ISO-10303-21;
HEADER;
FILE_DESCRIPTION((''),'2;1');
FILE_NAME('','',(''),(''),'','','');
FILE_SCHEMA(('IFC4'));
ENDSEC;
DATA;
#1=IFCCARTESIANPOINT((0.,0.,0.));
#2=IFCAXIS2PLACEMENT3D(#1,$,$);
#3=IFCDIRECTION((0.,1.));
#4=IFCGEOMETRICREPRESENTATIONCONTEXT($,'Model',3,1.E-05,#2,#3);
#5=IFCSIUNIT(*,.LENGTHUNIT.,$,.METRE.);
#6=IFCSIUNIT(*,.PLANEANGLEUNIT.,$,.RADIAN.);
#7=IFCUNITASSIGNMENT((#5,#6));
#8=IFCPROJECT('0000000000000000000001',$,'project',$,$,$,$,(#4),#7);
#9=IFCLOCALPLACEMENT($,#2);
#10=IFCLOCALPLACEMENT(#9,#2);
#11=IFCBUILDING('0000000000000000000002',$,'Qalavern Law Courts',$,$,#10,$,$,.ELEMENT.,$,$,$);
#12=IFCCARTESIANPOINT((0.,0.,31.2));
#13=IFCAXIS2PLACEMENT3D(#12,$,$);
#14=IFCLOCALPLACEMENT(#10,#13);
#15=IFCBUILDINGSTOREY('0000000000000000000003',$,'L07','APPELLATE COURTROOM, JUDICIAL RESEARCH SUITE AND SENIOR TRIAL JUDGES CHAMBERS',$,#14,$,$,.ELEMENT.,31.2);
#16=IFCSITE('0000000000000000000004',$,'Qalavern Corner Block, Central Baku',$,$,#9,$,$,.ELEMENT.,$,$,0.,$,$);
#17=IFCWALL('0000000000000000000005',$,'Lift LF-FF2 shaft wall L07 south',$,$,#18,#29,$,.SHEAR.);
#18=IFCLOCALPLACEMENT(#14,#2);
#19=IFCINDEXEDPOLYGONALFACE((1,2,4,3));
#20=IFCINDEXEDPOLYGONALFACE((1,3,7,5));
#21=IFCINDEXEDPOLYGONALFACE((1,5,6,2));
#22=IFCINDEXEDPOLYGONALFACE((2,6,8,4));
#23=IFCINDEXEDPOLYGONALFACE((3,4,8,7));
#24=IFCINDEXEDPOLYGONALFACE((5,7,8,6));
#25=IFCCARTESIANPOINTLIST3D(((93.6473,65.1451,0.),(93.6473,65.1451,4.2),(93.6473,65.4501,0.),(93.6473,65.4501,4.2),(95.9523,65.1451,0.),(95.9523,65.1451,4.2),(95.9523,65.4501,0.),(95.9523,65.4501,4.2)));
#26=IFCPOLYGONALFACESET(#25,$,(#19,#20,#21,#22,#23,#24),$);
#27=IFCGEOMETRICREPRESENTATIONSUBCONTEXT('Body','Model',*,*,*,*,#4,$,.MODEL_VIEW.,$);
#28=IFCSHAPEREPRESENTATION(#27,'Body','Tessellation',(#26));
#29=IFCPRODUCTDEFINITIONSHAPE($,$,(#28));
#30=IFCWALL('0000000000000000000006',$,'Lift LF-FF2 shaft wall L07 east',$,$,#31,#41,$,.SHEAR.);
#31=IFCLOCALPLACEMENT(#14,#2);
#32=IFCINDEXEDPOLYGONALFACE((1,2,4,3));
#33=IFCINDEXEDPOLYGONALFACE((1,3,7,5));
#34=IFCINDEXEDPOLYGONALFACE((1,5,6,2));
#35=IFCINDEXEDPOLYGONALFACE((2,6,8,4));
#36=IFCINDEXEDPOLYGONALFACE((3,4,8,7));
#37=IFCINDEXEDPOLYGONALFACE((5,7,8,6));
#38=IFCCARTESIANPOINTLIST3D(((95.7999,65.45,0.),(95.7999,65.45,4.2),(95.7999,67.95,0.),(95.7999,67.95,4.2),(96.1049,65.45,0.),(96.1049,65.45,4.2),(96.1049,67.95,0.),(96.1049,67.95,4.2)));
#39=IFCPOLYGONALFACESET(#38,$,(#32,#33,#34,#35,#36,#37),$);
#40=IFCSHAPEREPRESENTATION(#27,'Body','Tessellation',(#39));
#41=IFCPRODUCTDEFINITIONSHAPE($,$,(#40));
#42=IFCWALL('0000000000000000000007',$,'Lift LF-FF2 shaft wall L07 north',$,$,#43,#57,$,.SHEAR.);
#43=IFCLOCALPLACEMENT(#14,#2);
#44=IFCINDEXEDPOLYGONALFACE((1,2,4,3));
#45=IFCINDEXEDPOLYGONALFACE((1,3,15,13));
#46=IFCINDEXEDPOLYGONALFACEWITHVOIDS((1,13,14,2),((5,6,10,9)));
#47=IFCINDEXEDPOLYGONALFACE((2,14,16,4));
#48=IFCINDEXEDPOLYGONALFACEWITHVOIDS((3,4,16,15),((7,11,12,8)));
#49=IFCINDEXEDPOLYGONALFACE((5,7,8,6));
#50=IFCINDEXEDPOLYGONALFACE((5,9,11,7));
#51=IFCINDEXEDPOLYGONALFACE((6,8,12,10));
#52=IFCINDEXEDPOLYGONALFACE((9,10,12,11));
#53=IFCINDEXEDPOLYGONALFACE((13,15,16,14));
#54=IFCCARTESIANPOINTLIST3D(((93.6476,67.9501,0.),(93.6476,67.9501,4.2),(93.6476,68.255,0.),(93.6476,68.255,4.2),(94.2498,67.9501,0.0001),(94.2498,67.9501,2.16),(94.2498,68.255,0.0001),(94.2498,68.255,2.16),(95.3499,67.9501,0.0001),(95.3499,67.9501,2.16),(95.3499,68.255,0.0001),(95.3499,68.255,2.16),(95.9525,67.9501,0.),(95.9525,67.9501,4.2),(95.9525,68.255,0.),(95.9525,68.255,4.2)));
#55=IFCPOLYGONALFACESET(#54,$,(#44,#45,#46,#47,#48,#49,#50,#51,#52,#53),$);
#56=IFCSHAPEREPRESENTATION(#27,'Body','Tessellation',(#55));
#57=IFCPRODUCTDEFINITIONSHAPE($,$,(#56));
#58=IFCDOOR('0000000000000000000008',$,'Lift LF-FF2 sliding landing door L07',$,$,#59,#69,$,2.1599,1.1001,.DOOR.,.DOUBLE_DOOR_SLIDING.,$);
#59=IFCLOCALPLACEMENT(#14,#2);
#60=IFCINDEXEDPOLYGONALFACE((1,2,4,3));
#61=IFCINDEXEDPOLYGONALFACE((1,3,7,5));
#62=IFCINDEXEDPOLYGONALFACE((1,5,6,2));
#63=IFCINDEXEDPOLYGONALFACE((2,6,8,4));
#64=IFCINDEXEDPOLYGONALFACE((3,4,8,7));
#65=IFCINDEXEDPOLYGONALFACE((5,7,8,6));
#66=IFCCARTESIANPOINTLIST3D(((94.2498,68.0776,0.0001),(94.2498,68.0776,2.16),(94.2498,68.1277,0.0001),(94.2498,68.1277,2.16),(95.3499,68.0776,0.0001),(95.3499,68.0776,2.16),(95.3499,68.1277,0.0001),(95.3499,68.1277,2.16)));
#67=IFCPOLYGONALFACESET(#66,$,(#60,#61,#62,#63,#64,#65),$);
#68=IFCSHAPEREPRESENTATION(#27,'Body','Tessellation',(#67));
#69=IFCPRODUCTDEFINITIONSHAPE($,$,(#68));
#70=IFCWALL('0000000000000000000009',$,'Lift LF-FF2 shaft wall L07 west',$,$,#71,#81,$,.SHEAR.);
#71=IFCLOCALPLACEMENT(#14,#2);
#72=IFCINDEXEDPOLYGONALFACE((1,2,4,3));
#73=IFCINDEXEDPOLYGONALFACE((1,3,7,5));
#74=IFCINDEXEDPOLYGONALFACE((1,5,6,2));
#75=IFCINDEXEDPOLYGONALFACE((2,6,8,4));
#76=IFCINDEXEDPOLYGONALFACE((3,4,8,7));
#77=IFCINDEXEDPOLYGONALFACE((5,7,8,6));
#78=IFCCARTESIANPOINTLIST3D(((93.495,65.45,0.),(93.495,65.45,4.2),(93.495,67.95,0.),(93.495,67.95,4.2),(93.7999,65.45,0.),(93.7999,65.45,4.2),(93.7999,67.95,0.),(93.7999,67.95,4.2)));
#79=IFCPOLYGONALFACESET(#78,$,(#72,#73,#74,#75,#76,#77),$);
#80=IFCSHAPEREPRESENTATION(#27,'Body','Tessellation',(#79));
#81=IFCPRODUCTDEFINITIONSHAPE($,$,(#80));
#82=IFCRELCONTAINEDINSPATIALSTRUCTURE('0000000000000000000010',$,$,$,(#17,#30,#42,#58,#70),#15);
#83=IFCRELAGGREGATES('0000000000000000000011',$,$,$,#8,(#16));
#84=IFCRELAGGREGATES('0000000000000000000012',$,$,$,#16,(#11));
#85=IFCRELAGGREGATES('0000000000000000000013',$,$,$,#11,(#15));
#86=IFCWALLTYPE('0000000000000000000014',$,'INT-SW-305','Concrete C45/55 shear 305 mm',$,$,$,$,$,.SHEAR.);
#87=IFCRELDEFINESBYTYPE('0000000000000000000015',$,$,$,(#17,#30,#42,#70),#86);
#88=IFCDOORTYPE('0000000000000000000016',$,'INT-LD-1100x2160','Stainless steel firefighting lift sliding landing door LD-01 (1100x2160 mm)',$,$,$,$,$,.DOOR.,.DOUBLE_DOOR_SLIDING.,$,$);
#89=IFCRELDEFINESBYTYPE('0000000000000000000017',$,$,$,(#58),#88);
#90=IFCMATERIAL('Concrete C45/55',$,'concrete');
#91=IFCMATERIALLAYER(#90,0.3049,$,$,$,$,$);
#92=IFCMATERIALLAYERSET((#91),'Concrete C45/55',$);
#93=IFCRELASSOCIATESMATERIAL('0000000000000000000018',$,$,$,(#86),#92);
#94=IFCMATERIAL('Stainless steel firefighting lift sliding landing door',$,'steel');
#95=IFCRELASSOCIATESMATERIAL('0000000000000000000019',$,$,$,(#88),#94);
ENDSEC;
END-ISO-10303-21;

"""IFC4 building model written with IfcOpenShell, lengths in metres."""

from ifc_helpers import new_model, si_unit, direction, frame, frame_2d, origin, place, context, subcontext, project, spatial, rectangle, extrude, material, layer, layer_set, type_object, element, fill, save


model = new_model("IFC4")

# Units and contexts
model_context = context("Model", 3, precision=1e-05, world=origin(), true_north=direction((0.0, 1.0)))
body_context = subcontext(model_context, "Body", "Model", "MODEL_VIEW")
ifc_project = project(units=[si_unit("LENGTHUNIT", "METRE"), si_unit("PLANEANGLEUNIT", "RADIAN")], contexts=[model_context])

# Site, building, storey
site_placement = place(None, origin())
site = spatial("IfcSite", under=ifc_project, at=site_placement, Name="Qalavern Corner Block, Central Baku", CompositionType="ELEMENT", RefElevation=0.0)
building_placement = place(site_placement, origin())
building = spatial("IfcBuilding", under=site, at=building_placement, Name="Qalavern Law Courts", CompositionType="ELEMENT")
storey_placement = place(building_placement, frame((0.0, 0.0, 31.2)))
storey = spatial("IfcBuildingStorey", under=building, at=storey_placement, Name="L07", Description="APPELLATE COURTROOM, JUDICIAL RESEARCH SUITE AND SENIOR TRIAL JUDGES CHAMBERS", CompositionType="ELEMENT", Elevation=31.2)

# Shared definitions
ifc_material_1 = material(Name="Concrete C45/55", Category="concrete")

# Walls
ifc_layer_1 = layer(ifc_material_1, 0.3049)
ifc_layer_set_1 = layer_set([ifc_layer_1], Name="Concrete C45/55")
wall_type_1 = type_object("IfcWallType", Name="INT-SW-305", Description="Concrete C45/55 shear 305 mm", PredefinedType="SHEAR", material=ifc_layer_set_1)
wall_1_placement = place(storey_placement, frame((93.6475, 65.2976, 0.0), z_axis=(0.0, 0.0, 1.0), x_axis=(1.0, 0.0, 0.0)))
element("IfcWall", 1, at=wall_1_placement, inside=storey, type_object=wall_type_1, Name="Lift LF-FF2 shaft wall L07 south", PredefinedType="SHEAR", context=body_context, shape_type="SweptSolid", body=[
    extrude(rectangle(XDim=2.3049, YDim=0.3049, at=frame_2d((1.1523, 0.0))), origin(), (0.0, 0.0, 1.0), 4.2),
])
wall_2_placement = place(storey_placement, frame((95.9524, 65.45, 0.0), z_axis=(0.0, 0.0, 1.0), x_axis=(0.0, 1.0, 0.0)))
element("IfcWall", 2, at=wall_2_placement, inside=storey, type_object=wall_type_1, Name="Lift LF-FF2 shaft wall L07 east", PredefinedType="SHEAR", context=body_context, shape_type="SweptSolid", body=[
    extrude(rectangle(XDim=2.5, YDim=0.3049, at=frame_2d((1.25, 0.0))), origin(), (0.0, 0.0, 1.0), 4.2),
])

# Wall, opening, door
wall_3_placement = place(storey_placement, frame((95.9524, 68.1025, 0.0), z_axis=(0.0, 0.0, 1.0), x_axis=(-1.0, 0.0, 0.0)))
wall_3 = element("IfcWall", 3, at=wall_3_placement, inside=storey, type_object=wall_type_1, Name="Lift LF-FF2 shaft wall L07 north", PredefinedType="SHEAR", context=body_context, shape_type="SweptSolid", body=[
    extrude(rectangle(XDim=2.3049, YDim=0.3049, at=frame_2d((1.1523, 0.0))), origin(), (0.0, 0.0, 1.0), 4.2),
])
opening_1_placement = place(wall_3_placement, frame((0.6025, 0.0, 0.0)))
opening_1 = element("IfcOpeningElement", 4, at=opening_1_placement, cuts=wall_3, PredefinedType="OPENING", context=body_context, shape_type="SweptSolid", body=[
    extrude(rectangle(XDim=1.1001, YDim=2.1599, at=frame_2d((0.55, 1.0801))), frame((0.0, 0.1675, 0.0), z_axis=(0.0, -1.0, 0.0), x_axis=(1.0, 0.0, 0.0)), (0.0, 0.0, 1.0), 0.3347),
])
ifc_material_2 = material(Name="Stainless steel firefighting lift sliding landing door", Category="steel")
door_type_1 = type_object("IfcDoorType", Name="INT-LD-1100x2160", Description="Stainless steel firefighting lift sliding landing door LD-01 (1100x2160 mm)", OperationType="DOUBLE_DOOR_SLIDING", PredefinedType="DOOR", material=ifc_material_2)
door_1_placement = place(opening_1_placement, origin())
door_1 = element("IfcDoor", 5, at=door_1_placement, inside=storey, type_object=door_type_1, Name="Lift LF-FF2 sliding landing door L07", OperationType="DOUBLE_DOOR_SLIDING", OverallHeight=2.1599, OverallWidth=1.1001, PredefinedType="DOOR", context=body_context, shape_type="SweptSolid", body=[
    extrude(rectangle(XDim=1.1001, YDim=2.1599, at=frame_2d((0.55, 1.0801))), frame((0.0, 0.0249, 0.0), z_axis=(0.0, -1.0, 0.0), x_axis=(1.0, 0.0, 0.0)), (0.0, 0.0, 1.0), 0.05),
])
fill(opening_1, door_1)

# Wall
wall_4_placement = place(storey_placement, frame((93.6475, 67.95, 0.0), z_axis=(0.0, 0.0, 1.0), x_axis=(0.0, -1.0, 0.0)))
element("IfcWall", 6, at=wall_4_placement, inside=storey, type_object=wall_type_1, Name="Lift LF-FF2 shaft wall L07 west", PredefinedType="SHEAR", context=body_context, shape_type="SweptSolid", body=[
    extrude(rectangle(XDim=2.5, YDim=0.3049, at=frame_2d((1.25, 0.0))), origin(), (0.0, 0.0, 1.0), 4.2),
])

save(model, "model.ifc")
